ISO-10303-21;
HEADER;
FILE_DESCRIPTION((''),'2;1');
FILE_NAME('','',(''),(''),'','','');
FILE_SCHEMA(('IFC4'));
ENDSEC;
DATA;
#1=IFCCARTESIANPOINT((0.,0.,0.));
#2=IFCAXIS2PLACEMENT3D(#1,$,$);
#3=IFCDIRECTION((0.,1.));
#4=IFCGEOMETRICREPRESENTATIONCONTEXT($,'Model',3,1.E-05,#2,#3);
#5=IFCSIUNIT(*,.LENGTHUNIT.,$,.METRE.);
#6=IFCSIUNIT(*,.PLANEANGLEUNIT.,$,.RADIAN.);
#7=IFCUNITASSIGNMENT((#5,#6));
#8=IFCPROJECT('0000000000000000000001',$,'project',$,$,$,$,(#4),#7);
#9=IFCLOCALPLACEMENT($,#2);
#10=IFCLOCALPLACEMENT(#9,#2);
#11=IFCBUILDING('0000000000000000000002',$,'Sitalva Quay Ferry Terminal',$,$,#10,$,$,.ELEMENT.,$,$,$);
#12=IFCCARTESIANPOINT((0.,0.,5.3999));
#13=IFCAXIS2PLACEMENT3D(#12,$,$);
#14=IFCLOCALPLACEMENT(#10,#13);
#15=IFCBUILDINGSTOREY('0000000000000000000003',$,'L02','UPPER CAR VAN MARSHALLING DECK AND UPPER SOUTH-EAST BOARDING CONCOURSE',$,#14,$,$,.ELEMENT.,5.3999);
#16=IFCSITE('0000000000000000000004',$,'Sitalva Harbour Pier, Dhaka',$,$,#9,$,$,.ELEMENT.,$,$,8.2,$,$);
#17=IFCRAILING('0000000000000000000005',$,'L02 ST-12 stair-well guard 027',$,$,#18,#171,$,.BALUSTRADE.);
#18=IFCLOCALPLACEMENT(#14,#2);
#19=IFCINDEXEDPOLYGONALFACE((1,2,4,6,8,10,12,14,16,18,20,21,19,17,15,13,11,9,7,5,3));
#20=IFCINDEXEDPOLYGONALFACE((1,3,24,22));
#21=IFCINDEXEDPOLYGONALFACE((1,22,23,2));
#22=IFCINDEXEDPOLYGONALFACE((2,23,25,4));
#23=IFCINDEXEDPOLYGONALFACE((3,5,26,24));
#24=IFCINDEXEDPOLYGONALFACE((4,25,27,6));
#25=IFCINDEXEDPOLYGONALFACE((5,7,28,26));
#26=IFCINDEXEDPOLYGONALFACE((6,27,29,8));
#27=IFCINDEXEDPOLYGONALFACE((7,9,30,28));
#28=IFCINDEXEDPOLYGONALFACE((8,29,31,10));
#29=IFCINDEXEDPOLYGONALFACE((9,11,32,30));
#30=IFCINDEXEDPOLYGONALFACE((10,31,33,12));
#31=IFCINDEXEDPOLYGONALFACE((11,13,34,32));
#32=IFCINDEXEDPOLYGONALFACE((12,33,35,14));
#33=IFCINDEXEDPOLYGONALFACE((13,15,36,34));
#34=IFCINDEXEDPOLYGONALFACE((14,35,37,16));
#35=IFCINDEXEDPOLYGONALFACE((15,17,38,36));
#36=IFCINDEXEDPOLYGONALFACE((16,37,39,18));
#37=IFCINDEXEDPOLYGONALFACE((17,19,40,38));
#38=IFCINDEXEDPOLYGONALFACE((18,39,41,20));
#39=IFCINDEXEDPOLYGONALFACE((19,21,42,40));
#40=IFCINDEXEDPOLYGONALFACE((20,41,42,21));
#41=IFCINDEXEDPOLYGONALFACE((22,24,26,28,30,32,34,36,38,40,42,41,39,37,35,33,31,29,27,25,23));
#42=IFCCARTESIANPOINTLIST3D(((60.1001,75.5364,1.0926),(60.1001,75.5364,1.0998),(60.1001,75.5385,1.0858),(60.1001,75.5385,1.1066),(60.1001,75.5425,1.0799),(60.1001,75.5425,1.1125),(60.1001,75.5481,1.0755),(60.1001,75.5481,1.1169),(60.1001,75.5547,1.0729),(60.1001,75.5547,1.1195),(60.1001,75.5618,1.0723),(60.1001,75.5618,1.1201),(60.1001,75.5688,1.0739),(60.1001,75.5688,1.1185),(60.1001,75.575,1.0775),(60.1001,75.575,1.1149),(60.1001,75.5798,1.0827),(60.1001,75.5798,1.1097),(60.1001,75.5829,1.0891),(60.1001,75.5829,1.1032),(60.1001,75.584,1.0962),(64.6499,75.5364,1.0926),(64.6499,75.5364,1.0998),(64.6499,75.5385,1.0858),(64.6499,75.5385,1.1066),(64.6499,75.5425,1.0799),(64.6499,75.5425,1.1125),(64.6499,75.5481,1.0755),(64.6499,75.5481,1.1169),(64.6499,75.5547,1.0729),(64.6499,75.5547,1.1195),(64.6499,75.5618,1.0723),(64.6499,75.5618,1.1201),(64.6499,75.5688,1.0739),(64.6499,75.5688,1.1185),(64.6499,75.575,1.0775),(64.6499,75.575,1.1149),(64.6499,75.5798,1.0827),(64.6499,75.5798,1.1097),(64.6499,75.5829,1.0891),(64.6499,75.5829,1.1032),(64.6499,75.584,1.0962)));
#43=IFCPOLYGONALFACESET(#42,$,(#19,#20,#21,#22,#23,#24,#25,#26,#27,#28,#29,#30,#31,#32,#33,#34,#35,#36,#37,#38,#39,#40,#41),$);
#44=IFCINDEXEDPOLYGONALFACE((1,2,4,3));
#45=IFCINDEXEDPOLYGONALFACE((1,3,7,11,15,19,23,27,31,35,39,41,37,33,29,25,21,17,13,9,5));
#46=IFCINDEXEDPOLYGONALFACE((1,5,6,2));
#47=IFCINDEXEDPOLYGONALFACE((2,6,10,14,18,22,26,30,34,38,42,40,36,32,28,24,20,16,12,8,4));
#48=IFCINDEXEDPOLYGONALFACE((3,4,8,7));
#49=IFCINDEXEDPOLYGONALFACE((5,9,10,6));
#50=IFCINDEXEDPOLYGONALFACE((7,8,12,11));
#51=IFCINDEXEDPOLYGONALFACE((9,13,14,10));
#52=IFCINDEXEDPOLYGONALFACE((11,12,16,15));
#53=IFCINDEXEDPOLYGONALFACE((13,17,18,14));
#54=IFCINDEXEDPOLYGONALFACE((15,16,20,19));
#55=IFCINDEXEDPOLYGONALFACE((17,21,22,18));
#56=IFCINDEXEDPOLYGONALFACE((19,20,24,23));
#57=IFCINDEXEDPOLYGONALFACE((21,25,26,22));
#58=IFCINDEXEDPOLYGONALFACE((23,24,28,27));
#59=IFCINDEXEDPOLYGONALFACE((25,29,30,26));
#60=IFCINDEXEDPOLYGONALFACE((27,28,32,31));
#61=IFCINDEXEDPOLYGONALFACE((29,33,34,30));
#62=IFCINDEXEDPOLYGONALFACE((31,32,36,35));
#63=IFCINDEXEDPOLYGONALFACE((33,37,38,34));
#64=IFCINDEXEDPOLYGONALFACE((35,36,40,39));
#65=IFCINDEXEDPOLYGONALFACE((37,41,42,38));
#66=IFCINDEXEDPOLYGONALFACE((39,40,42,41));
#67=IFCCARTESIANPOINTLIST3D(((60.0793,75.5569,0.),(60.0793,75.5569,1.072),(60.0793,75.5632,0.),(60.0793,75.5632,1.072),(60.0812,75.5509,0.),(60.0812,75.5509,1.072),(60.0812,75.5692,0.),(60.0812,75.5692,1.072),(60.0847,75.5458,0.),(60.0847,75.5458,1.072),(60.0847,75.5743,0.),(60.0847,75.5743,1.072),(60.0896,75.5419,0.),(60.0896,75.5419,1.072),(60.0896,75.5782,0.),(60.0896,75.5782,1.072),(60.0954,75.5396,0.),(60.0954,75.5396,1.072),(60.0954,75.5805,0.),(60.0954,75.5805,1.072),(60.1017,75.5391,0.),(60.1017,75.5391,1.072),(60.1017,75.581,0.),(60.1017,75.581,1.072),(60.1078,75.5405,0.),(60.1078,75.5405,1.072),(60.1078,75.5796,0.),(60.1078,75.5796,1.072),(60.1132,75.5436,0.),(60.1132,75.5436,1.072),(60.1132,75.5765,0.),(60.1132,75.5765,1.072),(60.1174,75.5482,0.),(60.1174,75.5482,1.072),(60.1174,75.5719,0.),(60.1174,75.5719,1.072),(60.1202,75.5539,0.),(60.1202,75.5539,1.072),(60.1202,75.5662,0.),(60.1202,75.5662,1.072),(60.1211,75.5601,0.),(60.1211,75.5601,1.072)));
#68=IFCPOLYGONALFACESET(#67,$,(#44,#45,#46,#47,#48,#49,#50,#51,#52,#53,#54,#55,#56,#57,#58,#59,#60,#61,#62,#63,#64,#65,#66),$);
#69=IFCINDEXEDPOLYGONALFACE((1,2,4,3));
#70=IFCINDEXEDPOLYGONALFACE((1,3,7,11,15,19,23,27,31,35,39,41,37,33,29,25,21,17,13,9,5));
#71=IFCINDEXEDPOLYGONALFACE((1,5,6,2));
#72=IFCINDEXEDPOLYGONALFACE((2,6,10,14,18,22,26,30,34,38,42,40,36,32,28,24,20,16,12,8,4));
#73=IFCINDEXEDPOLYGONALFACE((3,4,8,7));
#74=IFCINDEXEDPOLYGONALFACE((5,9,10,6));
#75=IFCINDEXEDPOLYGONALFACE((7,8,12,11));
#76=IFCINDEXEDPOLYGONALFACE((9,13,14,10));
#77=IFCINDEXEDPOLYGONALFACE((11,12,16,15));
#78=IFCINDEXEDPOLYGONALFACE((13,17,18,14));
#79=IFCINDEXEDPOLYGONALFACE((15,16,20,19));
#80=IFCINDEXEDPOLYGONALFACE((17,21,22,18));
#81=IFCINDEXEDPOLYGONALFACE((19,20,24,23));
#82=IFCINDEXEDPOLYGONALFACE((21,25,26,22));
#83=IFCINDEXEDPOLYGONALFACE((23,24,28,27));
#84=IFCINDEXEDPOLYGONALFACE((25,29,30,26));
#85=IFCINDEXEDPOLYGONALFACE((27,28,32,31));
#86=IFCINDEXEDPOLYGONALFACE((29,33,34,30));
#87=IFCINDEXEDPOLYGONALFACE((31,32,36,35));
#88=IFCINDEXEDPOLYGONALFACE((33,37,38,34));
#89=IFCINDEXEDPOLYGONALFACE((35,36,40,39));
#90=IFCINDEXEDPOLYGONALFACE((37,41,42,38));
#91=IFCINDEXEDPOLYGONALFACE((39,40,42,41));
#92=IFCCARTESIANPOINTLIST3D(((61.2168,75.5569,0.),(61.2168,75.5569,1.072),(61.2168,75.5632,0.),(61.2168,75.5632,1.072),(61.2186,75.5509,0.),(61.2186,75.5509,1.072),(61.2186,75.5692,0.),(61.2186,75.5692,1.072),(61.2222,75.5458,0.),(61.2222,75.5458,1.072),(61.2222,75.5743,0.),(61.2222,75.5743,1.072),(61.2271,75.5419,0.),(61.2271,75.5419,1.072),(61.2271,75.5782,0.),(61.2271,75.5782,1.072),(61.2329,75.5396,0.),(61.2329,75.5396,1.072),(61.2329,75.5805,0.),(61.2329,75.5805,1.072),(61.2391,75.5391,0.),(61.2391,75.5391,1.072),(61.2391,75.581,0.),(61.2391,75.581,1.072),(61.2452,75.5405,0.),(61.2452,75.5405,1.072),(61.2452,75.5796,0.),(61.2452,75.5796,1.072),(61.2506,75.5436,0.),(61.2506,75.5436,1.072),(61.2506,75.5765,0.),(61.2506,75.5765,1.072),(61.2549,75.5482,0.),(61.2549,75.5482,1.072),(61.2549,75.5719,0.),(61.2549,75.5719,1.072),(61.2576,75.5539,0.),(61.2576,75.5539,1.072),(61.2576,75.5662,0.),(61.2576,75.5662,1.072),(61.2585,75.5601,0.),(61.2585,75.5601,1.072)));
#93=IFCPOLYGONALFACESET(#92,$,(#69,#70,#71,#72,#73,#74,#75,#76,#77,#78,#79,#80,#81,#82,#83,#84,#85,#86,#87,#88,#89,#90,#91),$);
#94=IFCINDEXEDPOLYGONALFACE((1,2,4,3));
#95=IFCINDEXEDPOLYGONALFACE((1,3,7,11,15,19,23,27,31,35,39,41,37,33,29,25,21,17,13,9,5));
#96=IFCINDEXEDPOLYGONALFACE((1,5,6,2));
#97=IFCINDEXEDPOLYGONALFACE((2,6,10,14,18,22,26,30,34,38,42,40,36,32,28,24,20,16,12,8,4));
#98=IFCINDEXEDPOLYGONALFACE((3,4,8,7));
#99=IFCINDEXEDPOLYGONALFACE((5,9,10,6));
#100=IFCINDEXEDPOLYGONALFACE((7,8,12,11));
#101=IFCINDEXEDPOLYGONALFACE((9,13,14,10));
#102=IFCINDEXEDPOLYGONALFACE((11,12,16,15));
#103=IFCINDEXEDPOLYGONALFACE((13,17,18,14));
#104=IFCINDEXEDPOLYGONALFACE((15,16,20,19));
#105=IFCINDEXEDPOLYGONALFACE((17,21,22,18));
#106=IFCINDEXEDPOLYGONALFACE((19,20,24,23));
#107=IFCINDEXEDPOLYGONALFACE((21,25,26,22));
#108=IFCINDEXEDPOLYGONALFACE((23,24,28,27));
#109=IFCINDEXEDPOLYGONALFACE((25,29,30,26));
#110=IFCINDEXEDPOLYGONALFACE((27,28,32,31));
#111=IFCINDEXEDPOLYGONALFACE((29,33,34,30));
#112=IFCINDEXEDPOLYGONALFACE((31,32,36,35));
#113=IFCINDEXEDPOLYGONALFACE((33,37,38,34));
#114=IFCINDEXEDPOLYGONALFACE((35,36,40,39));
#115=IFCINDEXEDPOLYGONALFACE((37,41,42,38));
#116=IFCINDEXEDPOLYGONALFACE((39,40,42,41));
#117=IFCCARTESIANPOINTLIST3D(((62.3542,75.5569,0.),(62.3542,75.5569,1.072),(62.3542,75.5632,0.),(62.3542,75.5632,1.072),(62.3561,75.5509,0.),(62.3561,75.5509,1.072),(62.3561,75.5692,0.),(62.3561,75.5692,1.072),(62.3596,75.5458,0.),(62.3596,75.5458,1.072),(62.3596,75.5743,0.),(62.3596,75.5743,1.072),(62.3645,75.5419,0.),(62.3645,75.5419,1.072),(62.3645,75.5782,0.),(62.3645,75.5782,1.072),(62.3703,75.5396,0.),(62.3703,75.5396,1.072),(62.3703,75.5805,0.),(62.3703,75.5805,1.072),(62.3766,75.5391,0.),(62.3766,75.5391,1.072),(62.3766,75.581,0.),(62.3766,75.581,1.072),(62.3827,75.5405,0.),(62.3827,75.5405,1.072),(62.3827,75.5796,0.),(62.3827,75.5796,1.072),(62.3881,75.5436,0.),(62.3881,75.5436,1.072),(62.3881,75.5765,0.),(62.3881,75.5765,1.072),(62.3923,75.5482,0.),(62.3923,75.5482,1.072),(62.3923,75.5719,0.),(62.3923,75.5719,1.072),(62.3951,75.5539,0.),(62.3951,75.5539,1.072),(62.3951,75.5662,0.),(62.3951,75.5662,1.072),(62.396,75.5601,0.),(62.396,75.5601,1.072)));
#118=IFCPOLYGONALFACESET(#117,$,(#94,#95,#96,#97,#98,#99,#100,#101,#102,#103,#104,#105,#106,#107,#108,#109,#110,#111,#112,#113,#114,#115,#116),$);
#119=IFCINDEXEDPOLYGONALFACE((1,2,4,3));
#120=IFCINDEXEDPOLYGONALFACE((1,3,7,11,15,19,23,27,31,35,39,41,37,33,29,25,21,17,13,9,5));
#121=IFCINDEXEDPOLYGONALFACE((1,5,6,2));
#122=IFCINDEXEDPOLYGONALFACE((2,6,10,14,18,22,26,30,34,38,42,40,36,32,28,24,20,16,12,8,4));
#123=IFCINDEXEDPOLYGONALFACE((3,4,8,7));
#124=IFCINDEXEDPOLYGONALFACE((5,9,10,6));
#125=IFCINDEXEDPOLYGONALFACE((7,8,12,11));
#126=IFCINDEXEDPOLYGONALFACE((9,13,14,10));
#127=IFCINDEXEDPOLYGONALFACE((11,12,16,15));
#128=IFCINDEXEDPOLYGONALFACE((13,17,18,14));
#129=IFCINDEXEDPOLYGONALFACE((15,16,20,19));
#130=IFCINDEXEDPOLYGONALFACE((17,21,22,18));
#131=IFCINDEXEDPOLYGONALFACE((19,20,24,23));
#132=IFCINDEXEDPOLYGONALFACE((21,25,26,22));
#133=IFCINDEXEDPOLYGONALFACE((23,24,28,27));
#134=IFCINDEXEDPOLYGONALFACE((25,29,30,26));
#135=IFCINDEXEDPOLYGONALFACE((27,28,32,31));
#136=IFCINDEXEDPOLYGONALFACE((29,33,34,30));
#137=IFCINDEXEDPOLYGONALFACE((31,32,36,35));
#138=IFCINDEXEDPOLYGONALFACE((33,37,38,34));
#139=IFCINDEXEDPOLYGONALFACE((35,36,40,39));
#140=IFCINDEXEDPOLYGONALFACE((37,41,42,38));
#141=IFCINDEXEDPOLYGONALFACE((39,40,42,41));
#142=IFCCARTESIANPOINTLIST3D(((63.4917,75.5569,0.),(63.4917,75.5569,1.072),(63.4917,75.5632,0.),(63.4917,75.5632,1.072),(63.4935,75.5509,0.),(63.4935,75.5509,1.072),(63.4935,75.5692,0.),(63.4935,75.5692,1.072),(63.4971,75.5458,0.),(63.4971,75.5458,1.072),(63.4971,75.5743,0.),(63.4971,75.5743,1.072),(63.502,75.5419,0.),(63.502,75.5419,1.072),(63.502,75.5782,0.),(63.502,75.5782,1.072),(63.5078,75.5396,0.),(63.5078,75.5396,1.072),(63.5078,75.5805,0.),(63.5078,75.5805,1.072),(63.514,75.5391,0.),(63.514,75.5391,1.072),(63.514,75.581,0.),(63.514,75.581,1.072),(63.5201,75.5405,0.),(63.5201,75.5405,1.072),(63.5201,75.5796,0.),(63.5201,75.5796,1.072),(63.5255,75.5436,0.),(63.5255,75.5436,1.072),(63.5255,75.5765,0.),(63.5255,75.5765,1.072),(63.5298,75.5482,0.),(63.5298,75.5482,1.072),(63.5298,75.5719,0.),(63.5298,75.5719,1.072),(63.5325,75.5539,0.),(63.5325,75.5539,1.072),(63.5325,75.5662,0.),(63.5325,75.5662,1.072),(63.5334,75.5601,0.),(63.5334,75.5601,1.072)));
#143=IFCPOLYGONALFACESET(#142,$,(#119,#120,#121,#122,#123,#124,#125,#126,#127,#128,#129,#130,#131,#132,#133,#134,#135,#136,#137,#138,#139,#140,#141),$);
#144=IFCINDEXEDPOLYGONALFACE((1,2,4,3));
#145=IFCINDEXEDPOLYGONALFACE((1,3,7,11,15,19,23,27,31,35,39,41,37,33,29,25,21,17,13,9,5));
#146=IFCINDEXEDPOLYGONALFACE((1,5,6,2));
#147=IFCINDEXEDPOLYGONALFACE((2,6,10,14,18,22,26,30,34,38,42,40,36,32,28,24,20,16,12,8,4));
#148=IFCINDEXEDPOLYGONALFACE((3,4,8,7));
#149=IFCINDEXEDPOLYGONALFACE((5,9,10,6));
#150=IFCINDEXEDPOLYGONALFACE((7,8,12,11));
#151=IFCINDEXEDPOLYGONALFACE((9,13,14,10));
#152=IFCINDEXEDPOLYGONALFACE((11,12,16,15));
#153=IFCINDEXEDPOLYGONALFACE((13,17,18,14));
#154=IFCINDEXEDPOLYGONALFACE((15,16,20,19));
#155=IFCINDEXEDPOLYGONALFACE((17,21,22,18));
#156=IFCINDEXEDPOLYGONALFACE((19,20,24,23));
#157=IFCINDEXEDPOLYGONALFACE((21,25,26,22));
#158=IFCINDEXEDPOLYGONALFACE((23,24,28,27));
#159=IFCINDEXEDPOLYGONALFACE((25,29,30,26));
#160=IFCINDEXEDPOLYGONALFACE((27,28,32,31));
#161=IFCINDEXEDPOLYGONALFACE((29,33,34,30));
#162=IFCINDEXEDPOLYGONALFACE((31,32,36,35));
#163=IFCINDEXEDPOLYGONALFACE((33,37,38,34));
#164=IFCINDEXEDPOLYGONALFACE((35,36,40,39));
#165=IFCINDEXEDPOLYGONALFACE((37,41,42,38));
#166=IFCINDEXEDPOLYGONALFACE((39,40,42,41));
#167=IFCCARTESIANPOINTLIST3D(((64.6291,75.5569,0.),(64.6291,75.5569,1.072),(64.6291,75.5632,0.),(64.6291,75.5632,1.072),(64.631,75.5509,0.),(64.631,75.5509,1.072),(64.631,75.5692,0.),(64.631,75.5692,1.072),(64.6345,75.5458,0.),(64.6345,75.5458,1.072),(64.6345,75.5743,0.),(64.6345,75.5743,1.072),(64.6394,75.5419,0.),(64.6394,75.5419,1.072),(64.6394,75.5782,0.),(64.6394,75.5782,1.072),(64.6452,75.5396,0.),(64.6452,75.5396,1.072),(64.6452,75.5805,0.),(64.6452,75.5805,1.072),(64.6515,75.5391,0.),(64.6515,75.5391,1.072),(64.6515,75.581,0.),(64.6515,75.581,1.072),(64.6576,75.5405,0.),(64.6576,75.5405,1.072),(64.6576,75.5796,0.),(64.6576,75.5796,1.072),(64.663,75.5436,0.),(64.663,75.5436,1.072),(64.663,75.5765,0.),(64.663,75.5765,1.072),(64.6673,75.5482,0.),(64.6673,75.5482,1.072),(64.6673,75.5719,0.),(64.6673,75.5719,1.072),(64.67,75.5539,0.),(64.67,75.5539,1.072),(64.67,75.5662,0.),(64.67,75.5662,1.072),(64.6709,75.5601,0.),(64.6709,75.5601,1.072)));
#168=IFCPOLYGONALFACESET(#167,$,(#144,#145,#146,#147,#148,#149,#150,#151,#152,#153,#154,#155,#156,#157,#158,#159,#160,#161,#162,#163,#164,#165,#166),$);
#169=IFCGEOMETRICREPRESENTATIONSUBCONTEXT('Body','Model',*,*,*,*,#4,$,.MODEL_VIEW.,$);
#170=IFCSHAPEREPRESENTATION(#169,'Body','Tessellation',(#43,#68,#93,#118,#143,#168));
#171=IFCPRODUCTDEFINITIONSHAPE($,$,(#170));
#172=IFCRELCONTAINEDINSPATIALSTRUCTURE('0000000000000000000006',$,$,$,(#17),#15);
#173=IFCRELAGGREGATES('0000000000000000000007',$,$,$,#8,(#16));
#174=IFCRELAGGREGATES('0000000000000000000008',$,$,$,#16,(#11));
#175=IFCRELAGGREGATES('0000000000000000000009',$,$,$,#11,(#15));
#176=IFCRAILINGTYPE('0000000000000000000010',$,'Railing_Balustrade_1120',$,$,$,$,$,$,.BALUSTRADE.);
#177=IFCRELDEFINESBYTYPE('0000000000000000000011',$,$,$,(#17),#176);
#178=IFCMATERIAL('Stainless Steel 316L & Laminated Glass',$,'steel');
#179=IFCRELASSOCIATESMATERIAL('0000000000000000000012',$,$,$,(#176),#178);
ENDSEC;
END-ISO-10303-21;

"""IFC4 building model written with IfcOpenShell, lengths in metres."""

from ifc_helpers import new_model, si_unit, direction, frame, origin, origin_2d, place, context, subcontext, project, spatial, circle, extrude, material, type_object, element, save


model = new_model("IFC4")

# Units and contexts
model_context = context("Model", 3, precision=1e-05, world=origin(), true_north=direction((0.0, 1.0)))
body_context = subcontext(model_context, "Body", "Model", "MODEL_VIEW")
ifc_project = project(units=[si_unit("LENGTHUNIT", "METRE"), si_unit("PLANEANGLEUNIT", "RADIAN")], contexts=[model_context])

# Site, building, storey
site_placement = place(None, origin())
site = spatial("IfcSite", under=ifc_project, at=site_placement, Name="Sitalva Harbour Pier, Dhaka", CompositionType="ELEMENT", RefElevation=8.2)
building_placement = place(site_placement, origin())
building = spatial("IfcBuilding", under=site, at=building_placement, Name="Sitalva Quay Ferry Terminal", CompositionType="ELEMENT")
storey_placement = place(building_placement, frame((0.0, 0.0, 5.3999)))
storey = spatial("IfcBuildingStorey", under=building, at=storey_placement, Name="L02", Description="UPPER CAR VAN MARSHALLING DECK AND UPPER SOUTH-EAST BOARDING CONCOURSE", CompositionType="ELEMENT", Elevation=5.3999)

# Railing
ifc_material_1 = material(Name="Stainless Steel 316L & Laminated Glass", Category="steel")
railing_type = type_object("IfcRailingType", Name="Railing_Balustrade_1120", PredefinedType="BALUSTRADE", material=ifc_material_1)
railing_1_placement = place(storey_placement, frame((60.1001, 75.5601, 0.0)))
element("IfcRailing", 1, at=railing_1_placement, inside=storey, type_object=railing_type, Name="L02 ST-12 stair-well guard 027", PredefinedType="BALUSTRADE", context=body_context, shape_type="SweptSolid", body=[
    extrude(circle(Radius=0.0239, at=origin_2d()), frame((0.0, 0.0, 1.0962), z_axis=(1.0, 0.0, 0.0), x_axis=(0.0, 1.0, 0.0)), (0.0, 0.0, 1.0), 4.5498),
    extrude(circle(Radius=0.021, at=origin_2d()), origin(), (0.0, 0.0, 1.0), 1.072),
    extrude(circle(Radius=0.021, at=origin_2d()), frame((1.1375, 0.0, 0.0)), (0.0, 0.0, 1.0), 1.072),
    extrude(circle(Radius=0.021, at=origin_2d()), frame((2.2749, 0.0, 0.0)), (0.0, 0.0, 1.0), 1.072),
    extrude(circle(Radius=0.021, at=origin_2d()), frame((3.4124, 0.0, 0.0)), (0.0, 0.0, 1.0), 1.072),
    extrude(circle(Radius=0.021, at=origin_2d()), frame((4.5498, 0.0, 0.0)), (0.0, 0.0, 1.0), 1.072),
])

save(model, "model.ifc")
